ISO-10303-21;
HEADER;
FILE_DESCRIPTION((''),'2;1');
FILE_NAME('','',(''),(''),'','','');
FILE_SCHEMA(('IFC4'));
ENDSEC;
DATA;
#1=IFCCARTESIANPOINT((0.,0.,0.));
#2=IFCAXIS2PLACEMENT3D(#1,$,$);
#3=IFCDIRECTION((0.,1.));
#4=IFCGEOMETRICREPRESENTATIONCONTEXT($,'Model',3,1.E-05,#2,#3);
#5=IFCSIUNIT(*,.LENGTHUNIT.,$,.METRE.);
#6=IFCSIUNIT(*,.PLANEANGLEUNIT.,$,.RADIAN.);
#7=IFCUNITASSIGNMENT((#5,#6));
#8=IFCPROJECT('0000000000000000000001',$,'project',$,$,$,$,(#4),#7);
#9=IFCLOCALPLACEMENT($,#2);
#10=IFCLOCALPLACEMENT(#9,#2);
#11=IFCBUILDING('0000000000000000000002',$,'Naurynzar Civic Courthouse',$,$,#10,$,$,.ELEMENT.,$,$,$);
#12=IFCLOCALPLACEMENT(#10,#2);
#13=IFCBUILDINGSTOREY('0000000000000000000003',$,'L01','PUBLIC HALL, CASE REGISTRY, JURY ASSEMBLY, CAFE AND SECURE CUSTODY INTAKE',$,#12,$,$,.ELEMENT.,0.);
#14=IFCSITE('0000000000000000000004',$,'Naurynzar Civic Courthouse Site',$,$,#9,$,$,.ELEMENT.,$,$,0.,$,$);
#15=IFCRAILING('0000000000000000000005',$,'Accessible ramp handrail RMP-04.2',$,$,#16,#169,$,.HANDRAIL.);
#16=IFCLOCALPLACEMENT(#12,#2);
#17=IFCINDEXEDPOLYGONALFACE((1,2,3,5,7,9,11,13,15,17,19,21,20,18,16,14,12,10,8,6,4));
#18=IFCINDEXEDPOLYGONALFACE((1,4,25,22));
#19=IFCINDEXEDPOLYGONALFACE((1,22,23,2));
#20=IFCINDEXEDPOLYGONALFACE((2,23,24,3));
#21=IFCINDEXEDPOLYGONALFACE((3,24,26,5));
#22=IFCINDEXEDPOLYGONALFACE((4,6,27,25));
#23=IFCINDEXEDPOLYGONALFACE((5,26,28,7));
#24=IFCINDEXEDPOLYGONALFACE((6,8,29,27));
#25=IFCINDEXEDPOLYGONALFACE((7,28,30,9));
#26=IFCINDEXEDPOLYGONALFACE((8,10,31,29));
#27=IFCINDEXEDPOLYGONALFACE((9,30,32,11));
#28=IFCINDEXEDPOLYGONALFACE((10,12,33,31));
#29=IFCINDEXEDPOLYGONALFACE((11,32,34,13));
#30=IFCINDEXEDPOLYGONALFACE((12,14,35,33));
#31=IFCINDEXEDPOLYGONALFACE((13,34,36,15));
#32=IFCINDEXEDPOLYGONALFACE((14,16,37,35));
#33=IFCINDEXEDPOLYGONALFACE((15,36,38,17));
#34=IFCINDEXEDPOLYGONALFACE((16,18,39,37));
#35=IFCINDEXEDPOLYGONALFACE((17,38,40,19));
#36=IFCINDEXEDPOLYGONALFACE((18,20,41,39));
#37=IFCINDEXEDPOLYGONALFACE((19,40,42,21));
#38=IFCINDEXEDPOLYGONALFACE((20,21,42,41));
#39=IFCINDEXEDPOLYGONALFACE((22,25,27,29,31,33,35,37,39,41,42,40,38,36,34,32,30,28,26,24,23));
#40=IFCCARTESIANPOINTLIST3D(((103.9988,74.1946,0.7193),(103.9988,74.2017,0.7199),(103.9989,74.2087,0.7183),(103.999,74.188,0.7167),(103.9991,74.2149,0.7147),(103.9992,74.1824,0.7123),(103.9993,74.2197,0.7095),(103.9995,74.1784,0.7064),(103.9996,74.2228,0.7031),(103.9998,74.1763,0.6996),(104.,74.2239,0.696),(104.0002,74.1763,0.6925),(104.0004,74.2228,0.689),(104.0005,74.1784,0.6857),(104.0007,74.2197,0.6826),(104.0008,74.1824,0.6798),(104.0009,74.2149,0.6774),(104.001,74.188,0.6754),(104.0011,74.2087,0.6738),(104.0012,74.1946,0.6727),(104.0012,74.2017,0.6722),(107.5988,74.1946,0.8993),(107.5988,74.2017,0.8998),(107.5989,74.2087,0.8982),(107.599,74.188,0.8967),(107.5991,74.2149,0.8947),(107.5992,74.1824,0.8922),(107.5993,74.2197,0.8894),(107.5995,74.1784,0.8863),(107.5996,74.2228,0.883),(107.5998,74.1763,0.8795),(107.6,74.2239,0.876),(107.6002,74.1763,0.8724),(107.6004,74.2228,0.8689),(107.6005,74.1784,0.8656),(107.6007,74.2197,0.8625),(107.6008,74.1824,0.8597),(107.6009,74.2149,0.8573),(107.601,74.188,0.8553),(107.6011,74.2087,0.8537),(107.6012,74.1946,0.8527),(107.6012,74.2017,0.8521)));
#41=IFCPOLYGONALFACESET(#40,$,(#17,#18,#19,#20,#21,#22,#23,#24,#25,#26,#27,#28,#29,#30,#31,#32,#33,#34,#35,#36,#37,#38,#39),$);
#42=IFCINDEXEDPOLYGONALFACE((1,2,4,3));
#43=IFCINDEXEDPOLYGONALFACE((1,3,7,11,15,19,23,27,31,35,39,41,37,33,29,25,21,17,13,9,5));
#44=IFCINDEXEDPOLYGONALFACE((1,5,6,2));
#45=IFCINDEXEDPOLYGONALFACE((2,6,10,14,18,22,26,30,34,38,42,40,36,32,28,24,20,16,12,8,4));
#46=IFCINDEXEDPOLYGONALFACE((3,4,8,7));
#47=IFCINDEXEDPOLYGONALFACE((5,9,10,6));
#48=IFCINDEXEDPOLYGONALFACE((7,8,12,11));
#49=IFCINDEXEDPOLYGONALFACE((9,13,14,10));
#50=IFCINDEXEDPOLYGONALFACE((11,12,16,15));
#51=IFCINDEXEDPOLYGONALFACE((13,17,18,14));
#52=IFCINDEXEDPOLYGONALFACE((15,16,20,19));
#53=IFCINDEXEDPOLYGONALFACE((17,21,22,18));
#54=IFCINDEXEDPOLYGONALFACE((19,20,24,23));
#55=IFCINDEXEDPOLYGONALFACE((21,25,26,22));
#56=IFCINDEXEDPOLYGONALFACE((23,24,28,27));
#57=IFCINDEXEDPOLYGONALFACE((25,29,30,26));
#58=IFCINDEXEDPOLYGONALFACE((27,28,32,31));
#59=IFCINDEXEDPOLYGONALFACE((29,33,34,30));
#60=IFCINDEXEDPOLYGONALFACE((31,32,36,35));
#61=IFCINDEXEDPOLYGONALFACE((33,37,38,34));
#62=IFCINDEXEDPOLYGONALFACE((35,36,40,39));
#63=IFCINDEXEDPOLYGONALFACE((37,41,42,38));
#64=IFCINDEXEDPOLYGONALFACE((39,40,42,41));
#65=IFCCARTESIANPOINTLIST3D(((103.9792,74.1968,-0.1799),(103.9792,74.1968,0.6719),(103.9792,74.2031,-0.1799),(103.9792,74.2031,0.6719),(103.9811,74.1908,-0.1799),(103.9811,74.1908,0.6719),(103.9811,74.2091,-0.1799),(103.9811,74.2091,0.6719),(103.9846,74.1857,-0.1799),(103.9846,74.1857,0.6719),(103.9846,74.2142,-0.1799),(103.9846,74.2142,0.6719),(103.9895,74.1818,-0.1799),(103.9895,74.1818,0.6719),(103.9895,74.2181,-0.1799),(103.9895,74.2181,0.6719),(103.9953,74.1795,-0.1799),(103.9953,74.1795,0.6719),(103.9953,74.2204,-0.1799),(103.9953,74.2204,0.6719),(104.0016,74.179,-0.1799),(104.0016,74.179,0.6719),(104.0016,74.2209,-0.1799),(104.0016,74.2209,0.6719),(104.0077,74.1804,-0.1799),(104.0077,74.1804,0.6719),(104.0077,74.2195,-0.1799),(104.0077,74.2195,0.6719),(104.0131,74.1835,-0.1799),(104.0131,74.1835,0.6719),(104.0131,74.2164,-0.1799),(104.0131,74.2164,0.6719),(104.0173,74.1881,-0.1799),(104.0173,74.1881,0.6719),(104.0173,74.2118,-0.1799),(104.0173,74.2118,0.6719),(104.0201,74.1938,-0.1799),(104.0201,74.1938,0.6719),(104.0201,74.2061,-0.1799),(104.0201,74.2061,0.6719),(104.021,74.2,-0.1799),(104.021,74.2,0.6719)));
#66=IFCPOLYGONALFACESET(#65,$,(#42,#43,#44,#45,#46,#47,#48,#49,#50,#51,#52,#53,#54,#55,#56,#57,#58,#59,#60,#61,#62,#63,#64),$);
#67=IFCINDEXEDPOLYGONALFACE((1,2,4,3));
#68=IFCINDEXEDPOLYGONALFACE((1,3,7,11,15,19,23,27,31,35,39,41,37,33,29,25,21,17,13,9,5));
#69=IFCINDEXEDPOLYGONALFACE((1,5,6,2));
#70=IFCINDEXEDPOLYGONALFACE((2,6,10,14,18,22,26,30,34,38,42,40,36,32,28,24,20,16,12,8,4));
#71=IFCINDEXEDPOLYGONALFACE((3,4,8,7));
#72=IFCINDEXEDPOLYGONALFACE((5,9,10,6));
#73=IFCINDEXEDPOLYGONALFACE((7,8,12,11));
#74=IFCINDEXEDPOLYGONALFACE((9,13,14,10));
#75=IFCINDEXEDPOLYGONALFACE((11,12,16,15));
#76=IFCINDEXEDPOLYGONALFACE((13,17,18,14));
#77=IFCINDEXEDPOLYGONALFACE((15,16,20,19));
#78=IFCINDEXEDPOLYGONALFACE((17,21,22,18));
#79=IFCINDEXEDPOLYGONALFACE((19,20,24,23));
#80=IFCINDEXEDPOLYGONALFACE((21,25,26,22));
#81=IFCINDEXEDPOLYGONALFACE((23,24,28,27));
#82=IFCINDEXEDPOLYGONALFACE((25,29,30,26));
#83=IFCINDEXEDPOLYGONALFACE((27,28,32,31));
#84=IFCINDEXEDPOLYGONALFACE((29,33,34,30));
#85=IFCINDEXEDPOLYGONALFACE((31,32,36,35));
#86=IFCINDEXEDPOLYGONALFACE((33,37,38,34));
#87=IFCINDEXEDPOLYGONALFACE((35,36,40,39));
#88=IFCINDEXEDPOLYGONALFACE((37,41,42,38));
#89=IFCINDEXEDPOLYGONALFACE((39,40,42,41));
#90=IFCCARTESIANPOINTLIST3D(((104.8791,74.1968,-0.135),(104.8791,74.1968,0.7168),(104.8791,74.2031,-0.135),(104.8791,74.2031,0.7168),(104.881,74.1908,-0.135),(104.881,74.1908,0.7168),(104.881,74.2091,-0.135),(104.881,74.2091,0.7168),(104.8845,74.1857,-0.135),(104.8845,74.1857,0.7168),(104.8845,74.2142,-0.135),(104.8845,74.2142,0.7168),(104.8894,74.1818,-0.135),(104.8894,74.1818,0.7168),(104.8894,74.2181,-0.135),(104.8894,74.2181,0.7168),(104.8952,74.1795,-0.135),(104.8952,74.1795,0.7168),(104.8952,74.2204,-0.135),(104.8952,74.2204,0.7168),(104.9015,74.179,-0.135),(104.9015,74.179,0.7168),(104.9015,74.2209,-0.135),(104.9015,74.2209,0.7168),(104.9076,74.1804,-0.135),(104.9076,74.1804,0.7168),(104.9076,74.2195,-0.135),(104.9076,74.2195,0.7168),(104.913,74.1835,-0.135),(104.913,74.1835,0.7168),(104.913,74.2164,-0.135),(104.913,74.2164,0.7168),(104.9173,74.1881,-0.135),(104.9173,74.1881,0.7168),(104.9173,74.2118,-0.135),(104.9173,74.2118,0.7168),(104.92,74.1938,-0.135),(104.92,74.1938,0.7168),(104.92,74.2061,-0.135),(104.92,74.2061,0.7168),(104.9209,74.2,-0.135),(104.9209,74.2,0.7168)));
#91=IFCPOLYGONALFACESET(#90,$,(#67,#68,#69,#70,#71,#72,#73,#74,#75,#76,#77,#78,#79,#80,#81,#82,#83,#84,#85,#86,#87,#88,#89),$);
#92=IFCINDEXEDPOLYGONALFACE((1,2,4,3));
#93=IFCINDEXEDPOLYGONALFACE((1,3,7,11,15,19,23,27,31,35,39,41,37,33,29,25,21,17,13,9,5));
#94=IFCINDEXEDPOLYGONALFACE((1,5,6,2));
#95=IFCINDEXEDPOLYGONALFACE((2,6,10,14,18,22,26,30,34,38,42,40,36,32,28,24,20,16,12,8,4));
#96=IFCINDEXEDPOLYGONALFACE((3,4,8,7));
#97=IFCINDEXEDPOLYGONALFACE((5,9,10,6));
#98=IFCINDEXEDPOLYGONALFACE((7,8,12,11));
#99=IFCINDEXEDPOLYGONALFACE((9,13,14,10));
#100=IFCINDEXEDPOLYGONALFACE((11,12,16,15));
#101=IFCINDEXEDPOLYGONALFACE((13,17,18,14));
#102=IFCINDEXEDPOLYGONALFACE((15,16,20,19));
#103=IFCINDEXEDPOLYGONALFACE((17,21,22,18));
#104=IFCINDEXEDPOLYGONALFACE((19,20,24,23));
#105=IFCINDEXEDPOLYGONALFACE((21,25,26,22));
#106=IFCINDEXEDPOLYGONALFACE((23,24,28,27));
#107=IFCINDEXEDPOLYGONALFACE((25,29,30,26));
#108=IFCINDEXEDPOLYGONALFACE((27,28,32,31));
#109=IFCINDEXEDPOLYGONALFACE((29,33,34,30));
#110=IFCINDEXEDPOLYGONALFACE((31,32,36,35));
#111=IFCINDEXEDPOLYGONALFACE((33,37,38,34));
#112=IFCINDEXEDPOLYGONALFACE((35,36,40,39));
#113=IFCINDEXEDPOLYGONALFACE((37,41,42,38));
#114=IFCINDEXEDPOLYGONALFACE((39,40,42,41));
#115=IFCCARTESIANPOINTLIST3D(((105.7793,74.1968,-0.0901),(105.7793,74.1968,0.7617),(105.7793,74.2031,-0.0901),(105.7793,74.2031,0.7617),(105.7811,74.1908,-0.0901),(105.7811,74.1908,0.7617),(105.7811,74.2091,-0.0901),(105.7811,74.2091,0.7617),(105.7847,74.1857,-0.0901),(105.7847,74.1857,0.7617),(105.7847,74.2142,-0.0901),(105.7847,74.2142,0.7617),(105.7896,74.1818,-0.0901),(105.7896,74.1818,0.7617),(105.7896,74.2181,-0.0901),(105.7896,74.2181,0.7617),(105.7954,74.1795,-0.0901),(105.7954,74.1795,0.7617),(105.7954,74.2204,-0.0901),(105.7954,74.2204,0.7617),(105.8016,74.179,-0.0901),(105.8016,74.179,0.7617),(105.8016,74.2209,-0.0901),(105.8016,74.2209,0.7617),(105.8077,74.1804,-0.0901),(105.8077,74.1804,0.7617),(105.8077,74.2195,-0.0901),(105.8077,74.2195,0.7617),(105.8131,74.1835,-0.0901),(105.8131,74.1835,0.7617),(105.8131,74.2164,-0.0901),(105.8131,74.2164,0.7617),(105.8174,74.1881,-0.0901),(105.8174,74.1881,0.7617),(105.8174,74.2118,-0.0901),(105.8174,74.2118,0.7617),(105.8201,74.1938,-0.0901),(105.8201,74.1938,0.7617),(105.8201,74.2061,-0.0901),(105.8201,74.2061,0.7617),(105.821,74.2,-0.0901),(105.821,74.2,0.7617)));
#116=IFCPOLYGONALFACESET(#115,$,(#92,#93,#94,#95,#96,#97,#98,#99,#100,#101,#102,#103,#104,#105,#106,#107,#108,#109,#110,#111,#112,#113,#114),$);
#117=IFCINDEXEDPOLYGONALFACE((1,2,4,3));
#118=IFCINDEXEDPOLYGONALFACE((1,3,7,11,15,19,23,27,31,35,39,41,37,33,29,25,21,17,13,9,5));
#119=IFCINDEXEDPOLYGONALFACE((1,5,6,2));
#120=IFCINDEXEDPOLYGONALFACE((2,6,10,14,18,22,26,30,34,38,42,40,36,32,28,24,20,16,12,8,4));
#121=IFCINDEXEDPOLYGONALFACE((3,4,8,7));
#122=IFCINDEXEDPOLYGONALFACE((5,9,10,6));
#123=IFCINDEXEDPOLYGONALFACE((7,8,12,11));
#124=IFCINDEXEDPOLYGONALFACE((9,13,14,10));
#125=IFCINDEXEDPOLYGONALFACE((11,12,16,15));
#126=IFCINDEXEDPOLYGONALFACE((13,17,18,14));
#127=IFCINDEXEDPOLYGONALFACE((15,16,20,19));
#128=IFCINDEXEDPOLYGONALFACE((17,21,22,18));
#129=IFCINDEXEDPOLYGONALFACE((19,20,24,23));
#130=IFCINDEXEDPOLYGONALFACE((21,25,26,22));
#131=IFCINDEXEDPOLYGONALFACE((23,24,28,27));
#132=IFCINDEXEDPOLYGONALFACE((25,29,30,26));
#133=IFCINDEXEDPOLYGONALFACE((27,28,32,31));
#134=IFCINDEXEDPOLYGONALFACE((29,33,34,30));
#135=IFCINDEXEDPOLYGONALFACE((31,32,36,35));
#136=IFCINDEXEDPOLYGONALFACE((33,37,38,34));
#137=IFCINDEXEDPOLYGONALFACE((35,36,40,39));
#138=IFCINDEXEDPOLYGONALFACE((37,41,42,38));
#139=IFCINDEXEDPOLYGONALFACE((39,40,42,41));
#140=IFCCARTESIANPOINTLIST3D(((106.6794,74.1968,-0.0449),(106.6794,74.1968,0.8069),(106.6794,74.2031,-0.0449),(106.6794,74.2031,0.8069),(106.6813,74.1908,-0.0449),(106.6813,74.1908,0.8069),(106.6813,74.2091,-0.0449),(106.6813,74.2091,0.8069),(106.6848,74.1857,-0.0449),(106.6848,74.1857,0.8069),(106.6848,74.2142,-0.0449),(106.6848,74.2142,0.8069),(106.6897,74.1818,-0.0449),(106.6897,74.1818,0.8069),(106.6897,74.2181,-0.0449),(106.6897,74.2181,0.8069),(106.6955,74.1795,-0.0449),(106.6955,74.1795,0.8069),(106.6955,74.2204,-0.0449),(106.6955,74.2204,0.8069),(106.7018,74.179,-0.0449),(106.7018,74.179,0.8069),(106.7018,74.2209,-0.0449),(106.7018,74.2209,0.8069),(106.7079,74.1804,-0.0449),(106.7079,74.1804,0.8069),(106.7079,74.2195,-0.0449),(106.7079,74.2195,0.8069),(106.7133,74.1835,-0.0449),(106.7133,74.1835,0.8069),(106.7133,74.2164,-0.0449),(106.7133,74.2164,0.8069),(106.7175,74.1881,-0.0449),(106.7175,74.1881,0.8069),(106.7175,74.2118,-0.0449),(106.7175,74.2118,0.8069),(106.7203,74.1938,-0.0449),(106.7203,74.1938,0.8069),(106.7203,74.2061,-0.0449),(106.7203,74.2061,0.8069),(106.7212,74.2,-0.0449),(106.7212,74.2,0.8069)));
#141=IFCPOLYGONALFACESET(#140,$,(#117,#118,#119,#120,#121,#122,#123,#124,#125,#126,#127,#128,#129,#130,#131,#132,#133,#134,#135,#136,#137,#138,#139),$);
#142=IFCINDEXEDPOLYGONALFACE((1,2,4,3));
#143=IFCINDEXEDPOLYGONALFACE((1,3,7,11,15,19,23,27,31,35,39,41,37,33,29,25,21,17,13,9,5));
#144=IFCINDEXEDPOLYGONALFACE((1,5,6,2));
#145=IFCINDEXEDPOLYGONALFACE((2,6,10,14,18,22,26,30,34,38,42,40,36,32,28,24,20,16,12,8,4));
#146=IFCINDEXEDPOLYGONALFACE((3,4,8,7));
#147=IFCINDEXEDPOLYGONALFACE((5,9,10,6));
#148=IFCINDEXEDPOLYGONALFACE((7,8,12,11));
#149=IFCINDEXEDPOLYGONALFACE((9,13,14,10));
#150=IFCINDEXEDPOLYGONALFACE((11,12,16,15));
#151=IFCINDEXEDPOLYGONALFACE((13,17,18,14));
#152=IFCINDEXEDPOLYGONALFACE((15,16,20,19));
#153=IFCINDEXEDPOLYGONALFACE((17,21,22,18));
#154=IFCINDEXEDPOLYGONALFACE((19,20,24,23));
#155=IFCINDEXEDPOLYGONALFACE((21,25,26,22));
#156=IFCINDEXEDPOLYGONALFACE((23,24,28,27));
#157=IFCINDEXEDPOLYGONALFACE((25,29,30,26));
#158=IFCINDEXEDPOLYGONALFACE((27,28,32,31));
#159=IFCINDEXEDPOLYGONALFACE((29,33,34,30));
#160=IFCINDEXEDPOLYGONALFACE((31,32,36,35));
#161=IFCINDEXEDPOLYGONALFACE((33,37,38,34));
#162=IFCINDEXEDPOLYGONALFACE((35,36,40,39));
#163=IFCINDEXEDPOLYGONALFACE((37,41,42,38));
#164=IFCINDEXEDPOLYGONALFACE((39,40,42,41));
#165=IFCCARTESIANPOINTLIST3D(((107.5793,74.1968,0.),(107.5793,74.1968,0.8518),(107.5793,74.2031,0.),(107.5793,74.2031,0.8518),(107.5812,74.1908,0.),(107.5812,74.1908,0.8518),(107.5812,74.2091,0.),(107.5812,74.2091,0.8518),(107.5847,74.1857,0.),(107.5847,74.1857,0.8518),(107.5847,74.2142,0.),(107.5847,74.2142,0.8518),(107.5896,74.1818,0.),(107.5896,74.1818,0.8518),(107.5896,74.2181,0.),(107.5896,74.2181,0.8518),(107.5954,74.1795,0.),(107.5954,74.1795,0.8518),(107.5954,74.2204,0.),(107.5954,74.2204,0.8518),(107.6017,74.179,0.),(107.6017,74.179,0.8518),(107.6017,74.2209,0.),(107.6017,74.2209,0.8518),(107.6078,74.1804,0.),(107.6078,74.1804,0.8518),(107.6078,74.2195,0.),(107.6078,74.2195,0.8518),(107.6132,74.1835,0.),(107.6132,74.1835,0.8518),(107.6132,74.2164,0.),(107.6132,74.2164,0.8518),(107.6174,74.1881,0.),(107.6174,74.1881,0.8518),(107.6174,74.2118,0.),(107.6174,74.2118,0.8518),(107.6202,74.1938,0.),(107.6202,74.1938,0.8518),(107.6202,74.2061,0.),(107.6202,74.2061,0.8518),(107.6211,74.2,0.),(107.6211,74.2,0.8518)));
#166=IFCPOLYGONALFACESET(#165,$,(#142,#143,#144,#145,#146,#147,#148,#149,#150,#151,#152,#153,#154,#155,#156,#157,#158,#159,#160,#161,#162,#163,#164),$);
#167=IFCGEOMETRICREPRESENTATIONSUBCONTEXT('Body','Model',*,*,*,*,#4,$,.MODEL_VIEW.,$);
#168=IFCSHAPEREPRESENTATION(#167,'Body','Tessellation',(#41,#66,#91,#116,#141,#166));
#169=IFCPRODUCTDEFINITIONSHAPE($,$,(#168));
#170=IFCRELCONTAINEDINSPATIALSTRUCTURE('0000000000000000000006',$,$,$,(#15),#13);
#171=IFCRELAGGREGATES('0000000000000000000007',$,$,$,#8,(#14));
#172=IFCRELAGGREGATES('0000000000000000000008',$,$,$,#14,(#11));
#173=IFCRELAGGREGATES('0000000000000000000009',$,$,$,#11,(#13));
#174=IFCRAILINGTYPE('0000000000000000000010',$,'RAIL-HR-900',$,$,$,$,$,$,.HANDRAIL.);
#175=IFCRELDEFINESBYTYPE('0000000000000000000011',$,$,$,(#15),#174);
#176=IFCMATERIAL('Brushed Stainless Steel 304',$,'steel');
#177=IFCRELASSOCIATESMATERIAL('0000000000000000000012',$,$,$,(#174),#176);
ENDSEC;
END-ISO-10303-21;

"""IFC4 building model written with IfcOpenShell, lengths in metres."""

from ifc_helpers import new_model, si_unit, direction, frame, origin, origin_2d, place, context, subcontext, project, spatial, circle, extrude, material, type_object, element, save


model = new_model("IFC4")

# Units and contexts
model_context = context("Model", 3, precision=1e-05, world=origin(), true_north=direction((0.0, 1.0)))
body_context = subcontext(model_context, "Body", "Model", "MODEL_VIEW")
ifc_project = project(units=[si_unit("LENGTHUNIT", "METRE"), si_unit("PLANEANGLEUNIT", "RADIAN")], contexts=[model_context])

# Site, building, storey
site_placement = place(None, origin())
site = spatial("IfcSite", under=ifc_project, at=site_placement, Name="Naurynzar Civic Courthouse Site", CompositionType="ELEMENT", RefElevation=0.0)
building_placement = place(site_placement, origin())
building = spatial("IfcBuilding", under=site, at=building_placement, Name="Naurynzar Civic Courthouse", CompositionType="ELEMENT")
storey_placement = place(building_placement, origin())
storey = spatial("IfcBuildingStorey", under=building, at=storey_placement, Name="L01", Description="PUBLIC HALL, CASE REGISTRY, JURY ASSEMBLY, CAFE AND SECURE CUSTODY INTAKE", CompositionType="ELEMENT", Elevation=0.0)

# Railing
ifc_material_1 = material(Name="Brushed Stainless Steel 304", Category="steel")
railing_type = type_object("IfcRailingType", Name="RAIL-HR-900", PredefinedType="HANDRAIL", material=ifc_material_1)
for number, where, name in (
    (1, (104.0, 74.2, -0.1799), "Accessible ramp handrail RMP-04.2"),
):
    element("IfcRailing", number, at=place(storey_placement, frame(where)), inside=storey, type_object=railing_type, Name=name, PredefinedType="HANDRAIL", context=body_context, shape_type="SweptSolid", body=[
        extrude(circle(Radius=0.0239, at=origin_2d()), frame((0.0, 0.0, 0.876), z_axis=(0.998753, 0.0, 0.049917), x_axis=(0.0, 1.0, 0.0)), (0.0, 0.0, 1.0), 3.6045),
        extrude(circle(Radius=0.021, at=origin_2d()), origin(), (0.0, 0.0, 1.0), 0.8518),
        extrude(circle(Radius=0.021, at=origin_2d()), frame((0.8999, 0.0, 0.0449)), (0.0, 0.0, 1.0), 0.8518),
        extrude(circle(Radius=0.021, at=origin_2d()), frame((1.8, 0.0, 0.0898)), (0.0, 0.0, 1.0), 0.8518),
        extrude(circle(Radius=0.021, at=origin_2d()), frame((2.7002, 0.0, 0.135)), (0.0, 0.0, 1.0), 0.8518),
        extrude(circle(Radius=0.021, at=origin_2d()), frame((3.6001, 0.0, 0.1799)), (0.0, 0.0, 1.0), 0.8518),
    ])

save(model, "model.ifc")
